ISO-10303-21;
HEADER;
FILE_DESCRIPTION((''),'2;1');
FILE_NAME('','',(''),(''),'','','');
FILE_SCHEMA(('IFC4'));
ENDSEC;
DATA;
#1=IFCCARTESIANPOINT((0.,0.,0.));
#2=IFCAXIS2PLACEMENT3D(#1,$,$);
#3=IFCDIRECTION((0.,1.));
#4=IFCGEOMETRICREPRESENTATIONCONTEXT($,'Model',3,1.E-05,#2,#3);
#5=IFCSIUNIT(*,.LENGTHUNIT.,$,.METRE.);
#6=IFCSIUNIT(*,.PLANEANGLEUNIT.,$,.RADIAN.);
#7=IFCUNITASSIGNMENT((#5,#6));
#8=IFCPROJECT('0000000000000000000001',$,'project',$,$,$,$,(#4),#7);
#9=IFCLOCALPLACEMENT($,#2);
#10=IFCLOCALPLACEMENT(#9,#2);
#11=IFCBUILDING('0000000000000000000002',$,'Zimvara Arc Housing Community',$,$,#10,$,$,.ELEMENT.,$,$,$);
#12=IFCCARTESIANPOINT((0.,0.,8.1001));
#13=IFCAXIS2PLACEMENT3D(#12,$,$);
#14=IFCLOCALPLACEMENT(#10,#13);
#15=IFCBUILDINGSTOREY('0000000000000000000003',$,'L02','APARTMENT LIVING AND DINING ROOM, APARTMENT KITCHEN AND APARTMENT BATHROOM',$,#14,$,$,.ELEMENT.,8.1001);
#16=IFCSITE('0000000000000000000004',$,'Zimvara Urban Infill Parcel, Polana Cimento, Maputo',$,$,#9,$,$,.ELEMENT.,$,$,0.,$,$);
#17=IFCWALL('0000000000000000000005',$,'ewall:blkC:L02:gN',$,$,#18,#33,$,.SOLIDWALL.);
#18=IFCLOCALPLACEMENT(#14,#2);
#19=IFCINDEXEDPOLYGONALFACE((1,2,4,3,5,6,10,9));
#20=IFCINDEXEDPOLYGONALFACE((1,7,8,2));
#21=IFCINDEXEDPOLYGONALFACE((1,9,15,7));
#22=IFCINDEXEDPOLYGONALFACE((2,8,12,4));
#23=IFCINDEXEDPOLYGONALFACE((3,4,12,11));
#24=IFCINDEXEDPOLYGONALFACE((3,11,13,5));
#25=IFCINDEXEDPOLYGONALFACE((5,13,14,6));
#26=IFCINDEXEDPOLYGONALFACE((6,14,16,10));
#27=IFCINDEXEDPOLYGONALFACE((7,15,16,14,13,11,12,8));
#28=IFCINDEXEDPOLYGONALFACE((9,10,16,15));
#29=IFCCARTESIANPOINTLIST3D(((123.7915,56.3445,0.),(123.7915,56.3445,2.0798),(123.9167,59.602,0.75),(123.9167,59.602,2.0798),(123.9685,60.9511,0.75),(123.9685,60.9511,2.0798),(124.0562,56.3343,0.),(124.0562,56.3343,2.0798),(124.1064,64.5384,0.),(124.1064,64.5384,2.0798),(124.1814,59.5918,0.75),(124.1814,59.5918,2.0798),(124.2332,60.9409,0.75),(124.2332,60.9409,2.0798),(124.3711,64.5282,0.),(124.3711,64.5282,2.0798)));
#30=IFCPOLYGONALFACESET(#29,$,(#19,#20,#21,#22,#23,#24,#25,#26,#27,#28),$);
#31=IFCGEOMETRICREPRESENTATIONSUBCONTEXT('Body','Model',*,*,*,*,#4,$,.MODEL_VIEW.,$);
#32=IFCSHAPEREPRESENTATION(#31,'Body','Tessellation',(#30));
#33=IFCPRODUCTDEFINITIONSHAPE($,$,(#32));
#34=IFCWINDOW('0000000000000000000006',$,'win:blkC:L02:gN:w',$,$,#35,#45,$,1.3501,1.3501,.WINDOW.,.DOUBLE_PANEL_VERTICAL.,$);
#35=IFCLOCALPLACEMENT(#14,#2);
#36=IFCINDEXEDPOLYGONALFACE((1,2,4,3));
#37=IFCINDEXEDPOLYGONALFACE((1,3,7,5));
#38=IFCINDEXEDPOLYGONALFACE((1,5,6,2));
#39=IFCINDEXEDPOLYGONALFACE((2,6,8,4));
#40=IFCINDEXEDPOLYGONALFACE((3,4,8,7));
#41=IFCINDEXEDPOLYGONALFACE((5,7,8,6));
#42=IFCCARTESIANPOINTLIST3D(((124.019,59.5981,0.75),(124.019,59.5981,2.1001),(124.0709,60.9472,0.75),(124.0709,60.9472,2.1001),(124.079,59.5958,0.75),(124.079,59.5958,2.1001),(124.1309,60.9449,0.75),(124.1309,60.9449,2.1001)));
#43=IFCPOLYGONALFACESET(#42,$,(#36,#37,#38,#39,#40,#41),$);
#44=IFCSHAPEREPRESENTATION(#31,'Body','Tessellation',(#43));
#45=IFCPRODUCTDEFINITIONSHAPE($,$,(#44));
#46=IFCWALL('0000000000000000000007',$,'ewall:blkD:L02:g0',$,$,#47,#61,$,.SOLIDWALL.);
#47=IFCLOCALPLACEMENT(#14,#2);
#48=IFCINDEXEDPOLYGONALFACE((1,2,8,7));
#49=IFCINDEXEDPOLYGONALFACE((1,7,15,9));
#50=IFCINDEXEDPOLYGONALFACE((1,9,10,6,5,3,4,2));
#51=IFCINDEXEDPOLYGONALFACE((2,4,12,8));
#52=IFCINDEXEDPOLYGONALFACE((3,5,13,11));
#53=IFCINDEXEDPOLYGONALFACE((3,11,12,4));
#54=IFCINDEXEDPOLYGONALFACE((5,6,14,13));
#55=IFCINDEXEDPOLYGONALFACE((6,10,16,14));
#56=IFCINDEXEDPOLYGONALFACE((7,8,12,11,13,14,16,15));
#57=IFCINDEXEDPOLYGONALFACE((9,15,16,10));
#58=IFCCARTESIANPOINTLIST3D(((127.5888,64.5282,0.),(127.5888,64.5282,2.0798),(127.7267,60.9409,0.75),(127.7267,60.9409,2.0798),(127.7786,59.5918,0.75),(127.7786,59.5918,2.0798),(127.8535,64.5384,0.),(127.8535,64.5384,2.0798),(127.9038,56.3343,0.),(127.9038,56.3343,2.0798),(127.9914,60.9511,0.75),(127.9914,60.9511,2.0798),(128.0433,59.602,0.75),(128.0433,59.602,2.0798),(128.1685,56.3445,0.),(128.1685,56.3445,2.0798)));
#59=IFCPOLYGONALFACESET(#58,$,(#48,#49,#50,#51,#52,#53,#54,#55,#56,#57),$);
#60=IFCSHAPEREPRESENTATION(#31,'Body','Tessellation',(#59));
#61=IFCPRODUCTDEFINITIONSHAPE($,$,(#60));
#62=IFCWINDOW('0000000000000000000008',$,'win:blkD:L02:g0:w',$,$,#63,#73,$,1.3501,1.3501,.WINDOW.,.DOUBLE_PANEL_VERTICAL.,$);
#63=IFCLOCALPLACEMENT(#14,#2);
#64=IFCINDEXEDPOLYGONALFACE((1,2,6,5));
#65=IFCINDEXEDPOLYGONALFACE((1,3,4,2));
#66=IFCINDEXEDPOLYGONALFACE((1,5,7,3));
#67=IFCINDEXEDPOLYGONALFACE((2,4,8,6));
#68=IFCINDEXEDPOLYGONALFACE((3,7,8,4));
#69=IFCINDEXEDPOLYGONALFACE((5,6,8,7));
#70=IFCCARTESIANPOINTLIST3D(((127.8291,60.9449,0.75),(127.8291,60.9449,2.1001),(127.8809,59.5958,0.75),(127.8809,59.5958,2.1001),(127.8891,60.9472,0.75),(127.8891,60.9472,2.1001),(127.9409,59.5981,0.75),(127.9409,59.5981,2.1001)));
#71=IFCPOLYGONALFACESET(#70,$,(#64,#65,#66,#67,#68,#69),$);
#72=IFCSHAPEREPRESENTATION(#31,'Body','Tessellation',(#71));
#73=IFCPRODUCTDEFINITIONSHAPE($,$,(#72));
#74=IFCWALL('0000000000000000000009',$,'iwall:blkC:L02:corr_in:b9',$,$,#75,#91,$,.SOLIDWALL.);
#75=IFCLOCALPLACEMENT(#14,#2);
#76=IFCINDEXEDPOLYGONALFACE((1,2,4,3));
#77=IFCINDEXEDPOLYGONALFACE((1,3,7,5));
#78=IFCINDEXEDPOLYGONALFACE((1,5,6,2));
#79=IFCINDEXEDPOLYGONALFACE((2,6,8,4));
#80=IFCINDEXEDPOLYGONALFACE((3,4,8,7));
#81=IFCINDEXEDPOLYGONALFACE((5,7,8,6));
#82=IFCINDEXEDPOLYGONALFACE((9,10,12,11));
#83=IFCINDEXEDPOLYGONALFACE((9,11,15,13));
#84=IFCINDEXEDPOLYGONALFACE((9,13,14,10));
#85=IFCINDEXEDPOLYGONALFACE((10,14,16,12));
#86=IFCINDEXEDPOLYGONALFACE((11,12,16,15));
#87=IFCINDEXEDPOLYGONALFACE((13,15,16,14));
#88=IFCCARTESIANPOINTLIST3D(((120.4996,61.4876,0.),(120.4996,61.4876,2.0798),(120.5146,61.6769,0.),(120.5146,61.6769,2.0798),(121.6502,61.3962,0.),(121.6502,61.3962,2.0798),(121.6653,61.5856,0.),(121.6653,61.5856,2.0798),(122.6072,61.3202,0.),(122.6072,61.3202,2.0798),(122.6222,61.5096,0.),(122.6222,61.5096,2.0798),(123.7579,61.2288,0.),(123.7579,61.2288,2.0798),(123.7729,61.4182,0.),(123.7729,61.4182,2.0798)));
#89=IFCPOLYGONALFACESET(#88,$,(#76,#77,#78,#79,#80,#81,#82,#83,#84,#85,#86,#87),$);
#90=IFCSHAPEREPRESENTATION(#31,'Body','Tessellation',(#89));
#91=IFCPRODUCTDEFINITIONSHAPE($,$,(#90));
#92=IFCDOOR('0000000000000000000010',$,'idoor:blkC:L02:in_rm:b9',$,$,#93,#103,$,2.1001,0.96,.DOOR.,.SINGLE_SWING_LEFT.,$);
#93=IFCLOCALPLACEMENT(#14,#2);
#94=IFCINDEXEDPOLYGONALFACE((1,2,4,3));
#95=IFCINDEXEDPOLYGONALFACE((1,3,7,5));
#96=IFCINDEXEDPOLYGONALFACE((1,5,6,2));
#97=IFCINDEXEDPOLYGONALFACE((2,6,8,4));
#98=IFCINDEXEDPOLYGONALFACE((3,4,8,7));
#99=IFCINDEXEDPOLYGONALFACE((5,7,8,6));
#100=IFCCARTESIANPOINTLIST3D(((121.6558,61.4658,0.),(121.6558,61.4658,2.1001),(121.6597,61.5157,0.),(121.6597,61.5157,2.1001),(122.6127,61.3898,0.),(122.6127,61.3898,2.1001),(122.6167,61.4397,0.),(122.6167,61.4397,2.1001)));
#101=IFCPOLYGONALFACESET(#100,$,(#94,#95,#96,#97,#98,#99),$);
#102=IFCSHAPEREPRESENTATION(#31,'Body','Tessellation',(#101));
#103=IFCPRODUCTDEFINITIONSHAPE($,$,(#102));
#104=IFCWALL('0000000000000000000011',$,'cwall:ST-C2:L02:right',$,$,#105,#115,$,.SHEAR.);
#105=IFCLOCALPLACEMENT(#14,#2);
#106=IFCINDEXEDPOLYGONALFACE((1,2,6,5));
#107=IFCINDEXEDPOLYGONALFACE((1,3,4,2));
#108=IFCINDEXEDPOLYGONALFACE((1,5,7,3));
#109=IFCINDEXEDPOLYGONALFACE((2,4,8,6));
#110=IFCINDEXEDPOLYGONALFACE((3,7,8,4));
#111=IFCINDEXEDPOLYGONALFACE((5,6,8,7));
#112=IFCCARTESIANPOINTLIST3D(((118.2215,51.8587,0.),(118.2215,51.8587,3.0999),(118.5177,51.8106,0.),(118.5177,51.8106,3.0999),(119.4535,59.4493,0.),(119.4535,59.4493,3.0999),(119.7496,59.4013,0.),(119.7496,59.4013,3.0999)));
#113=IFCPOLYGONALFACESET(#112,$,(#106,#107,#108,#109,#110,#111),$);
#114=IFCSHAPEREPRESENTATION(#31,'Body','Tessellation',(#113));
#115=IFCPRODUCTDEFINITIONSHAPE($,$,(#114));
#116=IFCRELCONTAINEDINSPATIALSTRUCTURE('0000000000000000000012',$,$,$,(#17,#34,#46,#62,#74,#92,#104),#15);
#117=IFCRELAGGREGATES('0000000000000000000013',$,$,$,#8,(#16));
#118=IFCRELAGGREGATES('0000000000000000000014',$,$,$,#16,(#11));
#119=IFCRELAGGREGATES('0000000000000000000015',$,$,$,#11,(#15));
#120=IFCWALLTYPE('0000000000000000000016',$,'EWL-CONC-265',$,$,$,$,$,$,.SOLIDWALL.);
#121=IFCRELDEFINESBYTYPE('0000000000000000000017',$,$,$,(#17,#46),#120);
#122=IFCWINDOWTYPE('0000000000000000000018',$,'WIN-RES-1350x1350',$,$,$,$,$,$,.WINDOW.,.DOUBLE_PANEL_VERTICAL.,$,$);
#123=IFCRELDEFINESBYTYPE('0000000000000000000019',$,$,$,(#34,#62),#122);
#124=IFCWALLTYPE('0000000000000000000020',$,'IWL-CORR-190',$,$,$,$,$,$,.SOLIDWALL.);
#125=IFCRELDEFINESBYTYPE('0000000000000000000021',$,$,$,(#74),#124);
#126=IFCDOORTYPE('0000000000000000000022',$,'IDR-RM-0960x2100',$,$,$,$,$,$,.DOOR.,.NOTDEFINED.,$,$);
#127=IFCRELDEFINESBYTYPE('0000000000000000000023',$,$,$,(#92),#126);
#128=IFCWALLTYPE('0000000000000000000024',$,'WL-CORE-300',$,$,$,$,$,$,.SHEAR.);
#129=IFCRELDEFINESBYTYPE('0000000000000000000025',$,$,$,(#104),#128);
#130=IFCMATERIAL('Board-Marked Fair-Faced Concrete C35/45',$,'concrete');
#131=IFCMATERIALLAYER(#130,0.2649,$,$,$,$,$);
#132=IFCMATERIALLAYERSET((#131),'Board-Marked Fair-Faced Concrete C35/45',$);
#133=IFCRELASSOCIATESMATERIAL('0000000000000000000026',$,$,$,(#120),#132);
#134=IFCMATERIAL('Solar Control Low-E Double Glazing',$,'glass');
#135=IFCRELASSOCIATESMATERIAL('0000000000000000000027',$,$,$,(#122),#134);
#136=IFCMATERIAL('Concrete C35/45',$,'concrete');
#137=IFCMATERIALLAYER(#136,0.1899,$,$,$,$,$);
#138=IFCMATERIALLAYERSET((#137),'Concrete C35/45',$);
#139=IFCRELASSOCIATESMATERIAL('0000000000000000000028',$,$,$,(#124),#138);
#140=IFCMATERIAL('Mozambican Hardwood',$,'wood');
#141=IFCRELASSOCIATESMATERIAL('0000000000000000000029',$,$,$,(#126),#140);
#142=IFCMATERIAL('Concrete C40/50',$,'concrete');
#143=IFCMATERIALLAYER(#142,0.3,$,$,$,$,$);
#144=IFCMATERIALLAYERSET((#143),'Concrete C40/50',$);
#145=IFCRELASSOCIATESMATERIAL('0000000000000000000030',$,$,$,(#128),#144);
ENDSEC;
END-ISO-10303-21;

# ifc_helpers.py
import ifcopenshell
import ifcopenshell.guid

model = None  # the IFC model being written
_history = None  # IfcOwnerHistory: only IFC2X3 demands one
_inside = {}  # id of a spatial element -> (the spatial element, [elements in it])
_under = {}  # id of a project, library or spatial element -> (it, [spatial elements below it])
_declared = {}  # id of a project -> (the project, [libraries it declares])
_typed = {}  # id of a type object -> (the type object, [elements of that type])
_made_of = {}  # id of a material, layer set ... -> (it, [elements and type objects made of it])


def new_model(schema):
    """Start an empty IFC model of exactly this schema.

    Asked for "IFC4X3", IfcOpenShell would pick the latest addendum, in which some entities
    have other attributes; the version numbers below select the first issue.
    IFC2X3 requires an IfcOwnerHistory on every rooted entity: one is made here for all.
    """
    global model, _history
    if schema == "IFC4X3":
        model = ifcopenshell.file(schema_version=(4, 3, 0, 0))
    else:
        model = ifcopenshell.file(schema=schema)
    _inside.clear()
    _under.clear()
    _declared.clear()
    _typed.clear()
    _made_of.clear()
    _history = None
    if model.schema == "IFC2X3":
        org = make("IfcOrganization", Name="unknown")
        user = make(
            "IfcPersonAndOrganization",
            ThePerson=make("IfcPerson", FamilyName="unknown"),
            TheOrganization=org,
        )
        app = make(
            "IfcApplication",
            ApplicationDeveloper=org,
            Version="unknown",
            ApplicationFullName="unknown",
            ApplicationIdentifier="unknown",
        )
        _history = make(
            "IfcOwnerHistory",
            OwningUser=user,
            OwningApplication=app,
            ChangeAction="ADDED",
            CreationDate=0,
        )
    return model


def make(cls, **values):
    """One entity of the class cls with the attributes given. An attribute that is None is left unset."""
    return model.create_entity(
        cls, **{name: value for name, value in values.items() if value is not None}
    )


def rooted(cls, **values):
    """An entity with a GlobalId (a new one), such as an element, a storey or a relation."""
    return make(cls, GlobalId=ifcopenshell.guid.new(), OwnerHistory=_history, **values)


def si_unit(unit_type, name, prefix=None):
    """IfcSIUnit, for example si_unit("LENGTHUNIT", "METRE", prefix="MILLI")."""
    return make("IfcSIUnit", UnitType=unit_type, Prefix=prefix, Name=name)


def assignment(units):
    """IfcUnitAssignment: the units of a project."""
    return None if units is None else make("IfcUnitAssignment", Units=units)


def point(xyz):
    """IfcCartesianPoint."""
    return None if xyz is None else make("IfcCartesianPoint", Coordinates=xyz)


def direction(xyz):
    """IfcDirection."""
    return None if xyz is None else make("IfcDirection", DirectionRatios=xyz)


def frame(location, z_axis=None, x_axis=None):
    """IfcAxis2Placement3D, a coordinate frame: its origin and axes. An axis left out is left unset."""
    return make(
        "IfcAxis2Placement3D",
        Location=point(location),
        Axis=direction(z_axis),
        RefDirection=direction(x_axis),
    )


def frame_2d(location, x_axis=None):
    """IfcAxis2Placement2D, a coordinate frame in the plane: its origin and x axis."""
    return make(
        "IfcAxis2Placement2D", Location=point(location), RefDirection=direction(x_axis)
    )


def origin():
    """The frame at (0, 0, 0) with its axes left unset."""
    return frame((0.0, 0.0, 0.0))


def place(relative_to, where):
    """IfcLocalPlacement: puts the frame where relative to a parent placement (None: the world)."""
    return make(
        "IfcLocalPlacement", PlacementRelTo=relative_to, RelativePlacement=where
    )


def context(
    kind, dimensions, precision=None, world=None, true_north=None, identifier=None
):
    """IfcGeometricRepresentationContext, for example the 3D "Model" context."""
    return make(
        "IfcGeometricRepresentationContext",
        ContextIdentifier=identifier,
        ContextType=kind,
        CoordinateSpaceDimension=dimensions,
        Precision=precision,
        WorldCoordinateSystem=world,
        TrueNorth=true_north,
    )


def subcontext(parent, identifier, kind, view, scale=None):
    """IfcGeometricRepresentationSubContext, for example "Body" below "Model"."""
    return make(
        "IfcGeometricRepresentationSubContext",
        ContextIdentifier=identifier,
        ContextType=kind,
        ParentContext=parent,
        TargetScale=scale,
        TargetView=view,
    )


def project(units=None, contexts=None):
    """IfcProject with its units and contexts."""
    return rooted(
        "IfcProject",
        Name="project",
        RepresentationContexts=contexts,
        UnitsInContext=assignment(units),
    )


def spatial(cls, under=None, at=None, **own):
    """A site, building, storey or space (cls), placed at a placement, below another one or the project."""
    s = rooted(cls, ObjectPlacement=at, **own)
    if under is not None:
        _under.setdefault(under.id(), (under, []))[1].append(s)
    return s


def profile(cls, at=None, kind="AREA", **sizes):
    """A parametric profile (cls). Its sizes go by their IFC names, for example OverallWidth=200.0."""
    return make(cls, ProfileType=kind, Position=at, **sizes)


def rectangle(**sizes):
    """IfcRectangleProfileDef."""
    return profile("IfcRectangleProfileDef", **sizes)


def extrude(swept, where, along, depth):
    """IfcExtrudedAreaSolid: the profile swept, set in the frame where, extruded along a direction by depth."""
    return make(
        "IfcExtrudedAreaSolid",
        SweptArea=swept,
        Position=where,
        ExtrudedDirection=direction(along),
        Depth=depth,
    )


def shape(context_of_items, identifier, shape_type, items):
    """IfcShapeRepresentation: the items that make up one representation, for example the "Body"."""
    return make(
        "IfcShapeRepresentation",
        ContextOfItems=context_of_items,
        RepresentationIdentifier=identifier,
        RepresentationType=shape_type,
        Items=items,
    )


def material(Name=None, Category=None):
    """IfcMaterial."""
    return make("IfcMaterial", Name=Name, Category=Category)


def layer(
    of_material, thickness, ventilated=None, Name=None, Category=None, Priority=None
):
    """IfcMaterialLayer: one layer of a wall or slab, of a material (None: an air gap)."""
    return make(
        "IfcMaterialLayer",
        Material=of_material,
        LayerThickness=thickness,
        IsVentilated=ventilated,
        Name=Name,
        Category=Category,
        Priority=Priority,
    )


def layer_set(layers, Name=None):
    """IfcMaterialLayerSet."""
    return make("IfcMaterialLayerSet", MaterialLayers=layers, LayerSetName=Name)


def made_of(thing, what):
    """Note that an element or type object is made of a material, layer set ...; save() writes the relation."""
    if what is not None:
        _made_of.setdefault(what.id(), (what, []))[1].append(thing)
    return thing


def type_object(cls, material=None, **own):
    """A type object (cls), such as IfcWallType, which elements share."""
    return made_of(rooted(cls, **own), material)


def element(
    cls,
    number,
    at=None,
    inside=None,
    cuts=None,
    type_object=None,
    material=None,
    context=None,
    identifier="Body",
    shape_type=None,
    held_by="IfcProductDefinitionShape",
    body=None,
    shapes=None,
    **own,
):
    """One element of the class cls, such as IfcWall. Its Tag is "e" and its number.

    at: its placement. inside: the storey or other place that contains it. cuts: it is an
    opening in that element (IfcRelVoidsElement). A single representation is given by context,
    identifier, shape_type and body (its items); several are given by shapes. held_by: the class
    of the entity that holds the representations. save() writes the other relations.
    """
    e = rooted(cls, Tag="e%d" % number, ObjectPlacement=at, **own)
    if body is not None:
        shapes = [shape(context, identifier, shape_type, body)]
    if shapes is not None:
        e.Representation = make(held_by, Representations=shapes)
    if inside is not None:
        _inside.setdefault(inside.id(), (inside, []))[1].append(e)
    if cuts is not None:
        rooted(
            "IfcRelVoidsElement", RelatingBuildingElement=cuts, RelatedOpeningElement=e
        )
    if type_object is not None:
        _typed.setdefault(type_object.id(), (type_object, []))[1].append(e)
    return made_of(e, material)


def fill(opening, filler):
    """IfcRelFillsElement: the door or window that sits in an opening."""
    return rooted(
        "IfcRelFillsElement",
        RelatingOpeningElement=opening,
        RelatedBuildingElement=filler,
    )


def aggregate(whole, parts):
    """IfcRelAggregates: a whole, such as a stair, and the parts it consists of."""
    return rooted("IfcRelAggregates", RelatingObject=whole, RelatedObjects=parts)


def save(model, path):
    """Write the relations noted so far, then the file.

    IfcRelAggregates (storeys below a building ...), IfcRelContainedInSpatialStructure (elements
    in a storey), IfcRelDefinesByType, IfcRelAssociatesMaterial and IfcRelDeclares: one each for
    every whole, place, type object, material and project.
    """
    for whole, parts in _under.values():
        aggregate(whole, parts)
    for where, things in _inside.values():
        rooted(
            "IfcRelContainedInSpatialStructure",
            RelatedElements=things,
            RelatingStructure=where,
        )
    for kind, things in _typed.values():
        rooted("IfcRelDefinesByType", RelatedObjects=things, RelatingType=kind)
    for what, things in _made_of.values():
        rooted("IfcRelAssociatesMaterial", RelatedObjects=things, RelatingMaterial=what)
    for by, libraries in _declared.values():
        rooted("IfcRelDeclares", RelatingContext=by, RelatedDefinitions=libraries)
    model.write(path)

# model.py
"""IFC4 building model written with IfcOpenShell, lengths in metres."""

from ifc_helpers import new_model, si_unit, direction, frame, frame_2d, origin, place, context, subcontext, project, spatial, rectangle, extrude, material, layer, layer_set, type_object, element, fill, save


model = new_model("IFC4")

# Units and contexts
model_context = context("Model", 3, precision=1e-05, world=origin(), true_north=direction((0.0, 1.0)))
body_context = subcontext(model_context, "Body", "Model", "MODEL_VIEW")
ifc_project = project(units=[si_unit("LENGTHUNIT", "METRE"), si_unit("PLANEANGLEUNIT", "RADIAN")], contexts=[model_context])

# Site, building, storey
site_placement = place(None, origin())
site = spatial("IfcSite", under=ifc_project, at=site_placement, Name="Zimvara Urban Infill Parcel, Polana Cimento, Maputo", CompositionType="ELEMENT", RefElevation=0.0)
building_placement = place(site_placement, origin())
building = spatial("IfcBuilding", under=site, at=building_placement, Name="Zimvara Arc Housing Community", CompositionType="ELEMENT")
storey_placement = place(building_placement, frame((0.0, 0.0, 8.1001)))
storey = spatial("IfcBuildingStorey", under=building, at=storey_placement, Name="L02", Description="APARTMENT LIVING AND DINING ROOM, APARTMENT KITCHEN AND APARTMENT BATHROOM", CompositionType="ELEMENT", Elevation=8.1001)

# Walls, openings, windows
ifc_material_1 = material(Name="Board-Marked Fair-Faced Concrete C35/45", Category="concrete")
ifc_layer_1 = layer(ifc_material_1, 0.2649)
ifc_layer_set_1 = layer_set([ifc_layer_1], Name="Board-Marked Fair-Faced Concrete C35/45")
wall_type_1 = type_object("IfcWallType", Name="EWL-CONC-265", PredefinedType="SOLIDWALL", material=ifc_layer_set_1)
wall_1_placement = place(storey_placement, frame((124.2388, 64.5334, 0.0), z_axis=(0.0, 0.0, 1.0), x_axis=(-0.038408, -0.999262, 0.0)))
wall_1 = element("IfcWall", 1, at=wall_1_placement, inside=storey, type_object=wall_type_1, Name="ewall:blkC:L02:gN", PredefinedType="SOLIDWALL", context=body_context, shape_type="SweptSolid", body=[
    extrude(rectangle(XDim=8.2, YDim=0.2649, at=frame_2d((4.1001, 0.0))), origin(), (0.0, 0.0, 1.0), 2.0798),
])
opening_1_placement = place(wall_1_placement, frame((3.5901, 0.0, 0.75)))
opening_1 = element("IfcOpeningElement", 2, at=opening_1_placement, cuts=wall_1, PredefinedType="OPENING", context=body_context, shape_type="SweptSolid", body=[
    extrude(rectangle(XDim=1.3501, YDim=1.3501, at=frame_2d((0.675, 0.675))), frame((0.0, 0.1423, 0.0), z_axis=(0.0, -1.0, 0.0), x_axis=(1.0, 0.0, 0.0)), (0.0, 0.0, 1.0), 0.2849),
])
ifc_material_2 = material(Name="Solar Control Low-E Double Glazing", Category="glass")
window_type = type_object("IfcWindowType", Name="WIN-RES-1350x1350", PartitioningType="DOUBLE_PANEL_VERTICAL", PredefinedType="WINDOW", material=ifc_material_2)
window_1_placement = place(opening_1_placement, origin())
window_1 = element("IfcWindow", 3, at=window_1_placement, inside=storey, type_object=window_type, Name="win:blkC:L02:gN:w", OverallHeight=1.3501, OverallWidth=1.3501, PartitioningType="DOUBLE_PANEL_VERTICAL", PredefinedType="WINDOW", context=body_context, shape_type="SweptSolid", body=[
    extrude(rectangle(XDim=1.3501, YDim=1.3501, at=frame_2d((0.675, 0.675))), frame((0.0, 0.03, 0.0), z_axis=(0.0, -1.0, 0.0), x_axis=(1.0, 0.0, 0.0)), (0.0, 0.0, 1.0), 0.0601),
])
fill(opening_1, window_1)
wall_2_placement = place(storey_placement, frame((127.7212, 64.5334, 0.0), z_axis=(0.0, 0.0, 1.0), x_axis=(0.038408, -0.999262, 0.0)))
wall_2 = element("IfcWall", 4, at=wall_2_placement, inside=storey, type_object=wall_type_1, Name="ewall:blkD:L02:g0", PredefinedType="SOLIDWALL", context=body_context, shape_type="SweptSolid", body=[
    extrude(rectangle(XDim=8.2, YDim=0.2649, at=frame_2d((4.1001, 0.0))), origin(), (0.0, 0.0, 1.0), 2.0798),
])
opening_2_placement = place(wall_2_placement, frame((3.5901, 0.0, 0.75)))
opening_2 = element("IfcOpeningElement", 5, at=opening_2_placement, cuts=wall_2, PredefinedType="OPENING", context=body_context, shape_type="SweptSolid", body=[
    extrude(rectangle(XDim=1.3501, YDim=1.3501, at=frame_2d((0.675, 0.675))), frame((0.0, 0.1423, 0.0), z_axis=(0.0, -1.0, 0.0), x_axis=(1.0, 0.0, 0.0)), (0.0, 0.0, 1.0), 0.2849),
])
window_2_placement = place(opening_2_placement, origin())
window_2 = element("IfcWindow", 6, at=window_2_placement, inside=storey, type_object=window_type, Name="win:blkD:L02:g0:w", OverallHeight=1.3501, OverallWidth=1.3501, PartitioningType="DOUBLE_PANEL_VERTICAL", PredefinedType="WINDOW", context=body_context, shape_type="SweptSolid", body=[
    extrude(rectangle(XDim=1.3501, YDim=1.3501, at=frame_2d((0.675, 0.675))), frame((0.0, 0.03, 0.0), z_axis=(0.0, -1.0, 0.0), x_axis=(1.0, 0.0, 0.0)), (0.0, 0.0, 1.0), 0.0601),
])
fill(opening_2, window_2)

# Wall, opening, door
ifc_material_3 = material(Name="Concrete C35/45", Category="concrete")
ifc_layer_2 = layer(ifc_material_3, 0.1899)
ifc_layer_set_2 = layer_set([ifc_layer_2], Name="Concrete C35/45")
wall_type_2 = type_object("IfcWallType", Name="IWL-CORR-190", PredefinedType="SOLIDWALL", material=ifc_layer_set_2)
wall_3_placement = place(storey_placement, frame((120.5071, 61.5823, 0.0), z_axis=(0.0, 0.0, 1.0), x_axis=(0.996861, -0.079175, 0.0)))
wall_3 = element("IfcWall", 7, at=wall_3_placement, inside=storey, type_object=wall_type_2, Name="iwall:blkC:L02:corr_in:b9", PredefinedType="SOLIDWALL", context=body_context, shape_type="SweptSolid", body=[
    extrude(rectangle(XDim=3.2686, YDim=0.1899, at=frame_2d((1.6343, 0.0))), origin(), (0.0, 0.0, 1.0), 2.0798),
])
opening_3_placement = place(wall_3_placement, frame((1.1543, 0.0, 0.0)))
opening_3 = element("IfcOpeningElement", 8, at=opening_3_placement, cuts=wall_3, PredefinedType="OPENING", context=body_context, shape_type="SweptSolid", body=[
    extrude(rectangle(XDim=0.96, YDim=2.1001, at=frame_2d((0.48, 1.05))), frame((0.0, 0.105, 0.0), z_axis=(0.0, -1.0, 0.0), x_axis=(1.0, 0.0, 0.0)), (0.0, 0.0, 1.0), 0.21),
])
ifc_material_4 = material(Name="Mozambican Hardwood", Category="wood")
door_type_1 = type_object("IfcDoorType", Name="IDR-RM-0960x2100", OperationType="NOTDEFINED", PredefinedType="DOOR", material=ifc_material_4)
door_1_placement = place(opening_3_placement, origin())
door_1 = element("IfcDoor", 9, at=door_1_placement, inside=storey, type_object=door_type_1, Name="idoor:blkC:L02:in_rm:b9", OperationType="SINGLE_SWING_LEFT", OverallHeight=2.1001, OverallWidth=0.96, PredefinedType="DOOR", context=body_context, shape_type="SweptSolid", body=[
    extrude(rectangle(XDim=0.96, YDim=2.1001, at=frame_2d((0.48, 1.05))), frame((0.0, 0.0249, 0.0), z_axis=(0.0, -1.0, 0.0), x_axis=(1.0, 0.0, 0.0)), (0.0, 0.0, 1.0), 0.05),
])
fill(opening_3, door_1)

# Wall
ifc_material_5 = material(Name="Concrete C40/50", Category="concrete")
ifc_layer_3 = layer(ifc_material_5, 0.3)
ifc_layer_set_3 = layer_set([ifc_layer_3], Name="Concrete C40/50")
wall_type_3 = type_object("IfcWallType", Name="WL-CORE-300", PredefinedType="SHEAR", material=ifc_layer_set_3)
wall_4_placement = place(storey_placement, frame((119.6016, 59.4253, 0.0), z_axis=(0.0, 0.0, 1.0), x_axis=(-0.160202, -0.987084, 0.0)))
element("IfcWall", 10, at=wall_4_placement, inside=storey, type_object=wall_type_3, Name="cwall:ST-C2:L02:right", PredefinedType="SHEAR", context=body_context, shape_type="SweptSolid", body=[
    extrude(rectangle(XDim=7.6899, YDim=0.3, at=frame_2d((3.845, 0.0))), origin(), (0.0, 0.0, 1.0), 3.0999),
])

save(model, "model.ifc")
